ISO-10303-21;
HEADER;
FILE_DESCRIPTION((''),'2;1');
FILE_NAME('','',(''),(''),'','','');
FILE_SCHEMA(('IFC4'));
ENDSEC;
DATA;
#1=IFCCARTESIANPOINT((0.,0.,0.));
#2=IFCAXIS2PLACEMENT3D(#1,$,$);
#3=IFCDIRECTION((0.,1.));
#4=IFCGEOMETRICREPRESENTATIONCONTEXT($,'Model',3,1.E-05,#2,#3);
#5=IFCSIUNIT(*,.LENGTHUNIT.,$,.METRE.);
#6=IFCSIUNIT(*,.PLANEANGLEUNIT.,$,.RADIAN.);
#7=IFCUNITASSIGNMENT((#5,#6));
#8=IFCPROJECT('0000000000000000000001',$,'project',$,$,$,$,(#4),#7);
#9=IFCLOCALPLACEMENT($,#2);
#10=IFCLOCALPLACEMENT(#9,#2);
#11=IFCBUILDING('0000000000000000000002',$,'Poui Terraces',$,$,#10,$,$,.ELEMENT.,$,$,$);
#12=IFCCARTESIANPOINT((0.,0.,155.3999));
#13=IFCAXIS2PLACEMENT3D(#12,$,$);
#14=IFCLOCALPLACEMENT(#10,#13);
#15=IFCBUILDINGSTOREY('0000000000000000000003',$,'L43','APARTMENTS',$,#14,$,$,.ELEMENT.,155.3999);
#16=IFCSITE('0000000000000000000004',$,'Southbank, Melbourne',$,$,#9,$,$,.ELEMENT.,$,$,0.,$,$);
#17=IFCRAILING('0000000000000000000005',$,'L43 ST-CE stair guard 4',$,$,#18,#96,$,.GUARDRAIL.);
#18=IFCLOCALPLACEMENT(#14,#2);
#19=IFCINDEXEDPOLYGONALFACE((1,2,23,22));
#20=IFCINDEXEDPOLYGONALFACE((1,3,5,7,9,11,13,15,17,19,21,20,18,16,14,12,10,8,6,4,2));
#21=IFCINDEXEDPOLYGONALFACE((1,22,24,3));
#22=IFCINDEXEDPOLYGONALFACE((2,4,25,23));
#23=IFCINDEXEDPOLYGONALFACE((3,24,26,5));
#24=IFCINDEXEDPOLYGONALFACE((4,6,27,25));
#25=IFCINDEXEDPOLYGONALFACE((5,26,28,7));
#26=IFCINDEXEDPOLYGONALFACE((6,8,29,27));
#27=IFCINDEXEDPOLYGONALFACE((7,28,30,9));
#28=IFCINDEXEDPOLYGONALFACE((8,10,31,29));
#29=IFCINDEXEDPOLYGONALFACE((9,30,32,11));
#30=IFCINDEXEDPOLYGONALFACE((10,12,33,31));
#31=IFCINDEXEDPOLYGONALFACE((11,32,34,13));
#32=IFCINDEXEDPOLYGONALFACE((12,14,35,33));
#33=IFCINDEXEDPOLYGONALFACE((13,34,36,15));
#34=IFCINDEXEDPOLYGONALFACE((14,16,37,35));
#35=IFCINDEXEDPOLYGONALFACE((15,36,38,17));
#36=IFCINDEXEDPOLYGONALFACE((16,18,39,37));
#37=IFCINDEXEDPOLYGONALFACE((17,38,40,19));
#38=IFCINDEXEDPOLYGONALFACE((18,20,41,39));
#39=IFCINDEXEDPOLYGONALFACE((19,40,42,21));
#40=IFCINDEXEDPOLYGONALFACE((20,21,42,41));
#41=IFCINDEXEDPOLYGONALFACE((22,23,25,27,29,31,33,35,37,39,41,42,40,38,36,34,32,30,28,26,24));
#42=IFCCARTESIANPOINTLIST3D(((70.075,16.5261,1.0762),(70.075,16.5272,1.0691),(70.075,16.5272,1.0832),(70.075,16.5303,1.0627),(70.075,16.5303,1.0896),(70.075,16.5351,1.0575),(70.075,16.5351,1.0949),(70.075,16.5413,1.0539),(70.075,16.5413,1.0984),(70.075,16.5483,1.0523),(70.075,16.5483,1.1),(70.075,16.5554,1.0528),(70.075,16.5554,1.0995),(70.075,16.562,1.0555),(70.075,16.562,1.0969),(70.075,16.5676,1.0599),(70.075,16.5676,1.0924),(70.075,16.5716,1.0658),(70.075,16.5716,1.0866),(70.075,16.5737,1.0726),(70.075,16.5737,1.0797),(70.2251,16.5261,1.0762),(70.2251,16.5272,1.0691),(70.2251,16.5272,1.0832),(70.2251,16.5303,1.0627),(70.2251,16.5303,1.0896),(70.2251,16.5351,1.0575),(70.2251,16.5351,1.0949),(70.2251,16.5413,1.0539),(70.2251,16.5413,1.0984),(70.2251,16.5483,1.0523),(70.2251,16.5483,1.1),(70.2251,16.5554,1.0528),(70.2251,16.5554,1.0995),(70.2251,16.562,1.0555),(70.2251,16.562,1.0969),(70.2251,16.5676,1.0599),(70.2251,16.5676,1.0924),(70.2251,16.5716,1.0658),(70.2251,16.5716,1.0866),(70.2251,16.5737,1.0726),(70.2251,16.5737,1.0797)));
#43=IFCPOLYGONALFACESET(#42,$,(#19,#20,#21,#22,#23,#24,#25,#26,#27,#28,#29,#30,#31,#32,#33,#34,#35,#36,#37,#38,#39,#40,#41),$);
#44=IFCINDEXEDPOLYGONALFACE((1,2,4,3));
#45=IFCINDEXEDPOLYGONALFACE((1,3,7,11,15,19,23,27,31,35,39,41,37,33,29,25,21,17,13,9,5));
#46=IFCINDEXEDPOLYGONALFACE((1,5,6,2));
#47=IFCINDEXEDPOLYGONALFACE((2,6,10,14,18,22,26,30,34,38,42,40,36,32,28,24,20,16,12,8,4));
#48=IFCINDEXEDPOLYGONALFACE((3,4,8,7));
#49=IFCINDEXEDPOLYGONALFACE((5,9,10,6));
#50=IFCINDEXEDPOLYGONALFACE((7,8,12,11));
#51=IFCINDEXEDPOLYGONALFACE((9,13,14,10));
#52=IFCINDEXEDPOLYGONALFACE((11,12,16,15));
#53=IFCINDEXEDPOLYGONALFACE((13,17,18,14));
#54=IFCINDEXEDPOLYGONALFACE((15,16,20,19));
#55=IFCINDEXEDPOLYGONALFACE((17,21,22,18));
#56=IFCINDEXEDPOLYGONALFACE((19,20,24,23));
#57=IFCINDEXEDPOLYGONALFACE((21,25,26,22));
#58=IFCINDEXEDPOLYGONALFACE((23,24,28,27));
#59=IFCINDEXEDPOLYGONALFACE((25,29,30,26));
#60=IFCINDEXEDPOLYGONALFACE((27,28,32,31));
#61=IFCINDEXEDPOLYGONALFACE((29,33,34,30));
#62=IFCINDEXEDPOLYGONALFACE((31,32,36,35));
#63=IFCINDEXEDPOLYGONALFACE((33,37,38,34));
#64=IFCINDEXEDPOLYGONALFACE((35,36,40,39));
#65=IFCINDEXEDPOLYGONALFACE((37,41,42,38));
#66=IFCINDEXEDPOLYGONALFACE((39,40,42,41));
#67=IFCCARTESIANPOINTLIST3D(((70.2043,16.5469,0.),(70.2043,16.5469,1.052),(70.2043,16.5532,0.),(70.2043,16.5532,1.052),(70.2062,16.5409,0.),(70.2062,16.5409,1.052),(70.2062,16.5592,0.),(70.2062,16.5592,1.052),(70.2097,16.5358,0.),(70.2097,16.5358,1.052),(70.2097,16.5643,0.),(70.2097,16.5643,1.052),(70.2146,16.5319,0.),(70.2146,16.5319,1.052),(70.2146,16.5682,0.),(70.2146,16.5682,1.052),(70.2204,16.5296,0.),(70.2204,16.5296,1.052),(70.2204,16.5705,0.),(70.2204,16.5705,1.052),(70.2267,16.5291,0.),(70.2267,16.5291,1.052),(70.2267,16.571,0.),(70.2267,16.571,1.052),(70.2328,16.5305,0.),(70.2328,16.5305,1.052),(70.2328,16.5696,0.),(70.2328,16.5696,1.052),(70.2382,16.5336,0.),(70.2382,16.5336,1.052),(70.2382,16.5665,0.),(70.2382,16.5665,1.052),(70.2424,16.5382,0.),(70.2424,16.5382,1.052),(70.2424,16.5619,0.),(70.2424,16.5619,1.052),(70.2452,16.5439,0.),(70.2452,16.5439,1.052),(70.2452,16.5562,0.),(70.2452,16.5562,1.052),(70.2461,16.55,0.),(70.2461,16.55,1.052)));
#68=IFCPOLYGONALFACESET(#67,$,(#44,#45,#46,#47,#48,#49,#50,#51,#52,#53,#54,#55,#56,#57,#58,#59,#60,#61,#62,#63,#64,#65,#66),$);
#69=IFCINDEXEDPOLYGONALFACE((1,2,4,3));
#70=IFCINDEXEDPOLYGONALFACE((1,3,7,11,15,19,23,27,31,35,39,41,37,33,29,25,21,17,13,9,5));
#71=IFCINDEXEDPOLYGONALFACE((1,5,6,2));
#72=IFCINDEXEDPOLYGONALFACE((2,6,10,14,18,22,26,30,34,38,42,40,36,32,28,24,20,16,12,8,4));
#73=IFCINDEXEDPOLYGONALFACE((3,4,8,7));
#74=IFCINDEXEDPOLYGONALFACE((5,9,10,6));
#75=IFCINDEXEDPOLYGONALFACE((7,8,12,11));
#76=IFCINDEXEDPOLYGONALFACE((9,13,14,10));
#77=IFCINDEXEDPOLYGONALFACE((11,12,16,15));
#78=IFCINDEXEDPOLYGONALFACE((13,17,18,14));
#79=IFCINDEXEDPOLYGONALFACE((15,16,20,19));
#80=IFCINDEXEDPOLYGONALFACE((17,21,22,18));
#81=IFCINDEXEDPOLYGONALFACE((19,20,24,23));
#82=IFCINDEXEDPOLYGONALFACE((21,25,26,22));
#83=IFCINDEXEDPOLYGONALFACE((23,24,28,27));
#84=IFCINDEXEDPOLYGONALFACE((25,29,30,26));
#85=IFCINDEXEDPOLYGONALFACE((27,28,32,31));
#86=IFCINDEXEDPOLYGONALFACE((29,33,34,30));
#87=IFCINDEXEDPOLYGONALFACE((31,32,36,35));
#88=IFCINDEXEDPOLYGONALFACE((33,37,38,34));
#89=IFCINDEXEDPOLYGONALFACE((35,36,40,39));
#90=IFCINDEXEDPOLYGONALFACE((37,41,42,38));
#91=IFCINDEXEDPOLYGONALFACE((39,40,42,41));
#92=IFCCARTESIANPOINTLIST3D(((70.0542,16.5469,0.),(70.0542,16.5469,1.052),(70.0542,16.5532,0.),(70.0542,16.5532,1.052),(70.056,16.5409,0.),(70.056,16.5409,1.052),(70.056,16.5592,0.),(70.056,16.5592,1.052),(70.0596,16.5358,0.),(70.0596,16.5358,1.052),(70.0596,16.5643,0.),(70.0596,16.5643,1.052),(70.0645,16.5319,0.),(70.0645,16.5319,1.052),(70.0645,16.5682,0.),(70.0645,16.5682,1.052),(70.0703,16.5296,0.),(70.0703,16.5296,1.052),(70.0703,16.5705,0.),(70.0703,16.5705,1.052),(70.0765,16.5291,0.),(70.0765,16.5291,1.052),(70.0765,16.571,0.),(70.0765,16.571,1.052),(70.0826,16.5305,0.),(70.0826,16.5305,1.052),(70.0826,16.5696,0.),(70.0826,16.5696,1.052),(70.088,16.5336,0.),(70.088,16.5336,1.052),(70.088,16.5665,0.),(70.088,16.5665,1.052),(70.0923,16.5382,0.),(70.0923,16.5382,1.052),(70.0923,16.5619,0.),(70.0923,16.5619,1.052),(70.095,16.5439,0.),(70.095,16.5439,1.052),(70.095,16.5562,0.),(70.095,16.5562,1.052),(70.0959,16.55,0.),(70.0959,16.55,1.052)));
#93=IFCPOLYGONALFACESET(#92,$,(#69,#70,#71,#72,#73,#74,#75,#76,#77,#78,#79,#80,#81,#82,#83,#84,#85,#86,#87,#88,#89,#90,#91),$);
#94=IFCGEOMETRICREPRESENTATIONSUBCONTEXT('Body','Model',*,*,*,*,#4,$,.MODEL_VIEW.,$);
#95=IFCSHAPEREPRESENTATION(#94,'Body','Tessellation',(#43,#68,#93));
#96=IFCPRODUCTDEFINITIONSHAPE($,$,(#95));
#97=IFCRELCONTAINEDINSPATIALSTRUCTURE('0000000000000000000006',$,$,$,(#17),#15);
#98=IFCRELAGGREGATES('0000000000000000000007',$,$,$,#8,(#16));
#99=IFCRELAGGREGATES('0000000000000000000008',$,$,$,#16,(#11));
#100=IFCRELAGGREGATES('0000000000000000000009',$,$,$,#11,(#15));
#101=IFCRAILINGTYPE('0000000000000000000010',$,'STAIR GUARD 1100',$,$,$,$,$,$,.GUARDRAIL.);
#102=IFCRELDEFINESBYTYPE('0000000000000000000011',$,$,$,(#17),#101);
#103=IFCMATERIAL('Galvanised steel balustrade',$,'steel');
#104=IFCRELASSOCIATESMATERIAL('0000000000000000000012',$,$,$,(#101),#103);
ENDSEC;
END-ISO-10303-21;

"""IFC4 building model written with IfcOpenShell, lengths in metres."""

from ifc_helpers import new_model, si_unit, direction, frame, origin, origin_2d, place, context, subcontext, project, spatial, circle, extrude, material, type_object, element, save


model = new_model("IFC4")

# Units and contexts
model_context = context("Model", 3, precision=1e-05, world=origin(), true_north=direction((0.0, 1.0)))
body_context = subcontext(model_context, "Body", "Model", "MODEL_VIEW")
ifc_project = project(units=[si_unit("LENGTHUNIT", "METRE"), si_unit("PLANEANGLEUNIT", "RADIAN")], contexts=[model_context])

# Site, building, storey
site_placement = place(None, origin())
site = spatial("IfcSite", under=ifc_project, at=site_placement, Name="Southbank, Melbourne", CompositionType="ELEMENT", RefElevation=0.0)
building_placement = place(site_placement, origin())
building = spatial("IfcBuilding", under=site, at=building_placement, Name="Poui Terraces", CompositionType="ELEMENT")
storey_placement = place(building_placement, frame((0.0, 0.0, 155.3999)))
storey = spatial("IfcBuildingStorey", under=building, at=storey_placement, Name="L43", Description="APARTMENTS", CompositionType="ELEMENT", Elevation=155.3999)

# Railing
ifc_material_1 = material(Name="Galvanised steel balustrade", Category="steel")
railing_type_1 = type_object("IfcRailingType", Name="STAIR GUARD 1100", PredefinedType="GUARDRAIL", material=ifc_material_1)
railing_1_placement = place(storey_placement, frame((70.2251, 16.55, 0.0)))
element("IfcRailing", 1, at=railing_1_placement, inside=storey, type_object=railing_type_1, Name="L43 ST-CE stair guard 4", PredefinedType="GUARDRAIL", context=body_context, shape_type="SweptSolid", body=[
    extrude(circle(Radius=0.0239, at=origin_2d()), frame((0.0, 0.0, 1.0762), z_axis=(-1.0, 0.0, 0.0), x_axis=(0.0, -1.0, 0.0)), (0.0, 0.0, 1.0), 0.1501),
    extrude(circle(Radius=0.021, at=origin_2d()), origin(), (0.0, 0.0, 1.0), 1.052),
    extrude(circle(Radius=0.021, at=origin_2d()), frame((-0.1501, 0.0, 0.0)), (0.0, 0.0, 1.0), 1.052),
])

save(model, "model.ifc")
